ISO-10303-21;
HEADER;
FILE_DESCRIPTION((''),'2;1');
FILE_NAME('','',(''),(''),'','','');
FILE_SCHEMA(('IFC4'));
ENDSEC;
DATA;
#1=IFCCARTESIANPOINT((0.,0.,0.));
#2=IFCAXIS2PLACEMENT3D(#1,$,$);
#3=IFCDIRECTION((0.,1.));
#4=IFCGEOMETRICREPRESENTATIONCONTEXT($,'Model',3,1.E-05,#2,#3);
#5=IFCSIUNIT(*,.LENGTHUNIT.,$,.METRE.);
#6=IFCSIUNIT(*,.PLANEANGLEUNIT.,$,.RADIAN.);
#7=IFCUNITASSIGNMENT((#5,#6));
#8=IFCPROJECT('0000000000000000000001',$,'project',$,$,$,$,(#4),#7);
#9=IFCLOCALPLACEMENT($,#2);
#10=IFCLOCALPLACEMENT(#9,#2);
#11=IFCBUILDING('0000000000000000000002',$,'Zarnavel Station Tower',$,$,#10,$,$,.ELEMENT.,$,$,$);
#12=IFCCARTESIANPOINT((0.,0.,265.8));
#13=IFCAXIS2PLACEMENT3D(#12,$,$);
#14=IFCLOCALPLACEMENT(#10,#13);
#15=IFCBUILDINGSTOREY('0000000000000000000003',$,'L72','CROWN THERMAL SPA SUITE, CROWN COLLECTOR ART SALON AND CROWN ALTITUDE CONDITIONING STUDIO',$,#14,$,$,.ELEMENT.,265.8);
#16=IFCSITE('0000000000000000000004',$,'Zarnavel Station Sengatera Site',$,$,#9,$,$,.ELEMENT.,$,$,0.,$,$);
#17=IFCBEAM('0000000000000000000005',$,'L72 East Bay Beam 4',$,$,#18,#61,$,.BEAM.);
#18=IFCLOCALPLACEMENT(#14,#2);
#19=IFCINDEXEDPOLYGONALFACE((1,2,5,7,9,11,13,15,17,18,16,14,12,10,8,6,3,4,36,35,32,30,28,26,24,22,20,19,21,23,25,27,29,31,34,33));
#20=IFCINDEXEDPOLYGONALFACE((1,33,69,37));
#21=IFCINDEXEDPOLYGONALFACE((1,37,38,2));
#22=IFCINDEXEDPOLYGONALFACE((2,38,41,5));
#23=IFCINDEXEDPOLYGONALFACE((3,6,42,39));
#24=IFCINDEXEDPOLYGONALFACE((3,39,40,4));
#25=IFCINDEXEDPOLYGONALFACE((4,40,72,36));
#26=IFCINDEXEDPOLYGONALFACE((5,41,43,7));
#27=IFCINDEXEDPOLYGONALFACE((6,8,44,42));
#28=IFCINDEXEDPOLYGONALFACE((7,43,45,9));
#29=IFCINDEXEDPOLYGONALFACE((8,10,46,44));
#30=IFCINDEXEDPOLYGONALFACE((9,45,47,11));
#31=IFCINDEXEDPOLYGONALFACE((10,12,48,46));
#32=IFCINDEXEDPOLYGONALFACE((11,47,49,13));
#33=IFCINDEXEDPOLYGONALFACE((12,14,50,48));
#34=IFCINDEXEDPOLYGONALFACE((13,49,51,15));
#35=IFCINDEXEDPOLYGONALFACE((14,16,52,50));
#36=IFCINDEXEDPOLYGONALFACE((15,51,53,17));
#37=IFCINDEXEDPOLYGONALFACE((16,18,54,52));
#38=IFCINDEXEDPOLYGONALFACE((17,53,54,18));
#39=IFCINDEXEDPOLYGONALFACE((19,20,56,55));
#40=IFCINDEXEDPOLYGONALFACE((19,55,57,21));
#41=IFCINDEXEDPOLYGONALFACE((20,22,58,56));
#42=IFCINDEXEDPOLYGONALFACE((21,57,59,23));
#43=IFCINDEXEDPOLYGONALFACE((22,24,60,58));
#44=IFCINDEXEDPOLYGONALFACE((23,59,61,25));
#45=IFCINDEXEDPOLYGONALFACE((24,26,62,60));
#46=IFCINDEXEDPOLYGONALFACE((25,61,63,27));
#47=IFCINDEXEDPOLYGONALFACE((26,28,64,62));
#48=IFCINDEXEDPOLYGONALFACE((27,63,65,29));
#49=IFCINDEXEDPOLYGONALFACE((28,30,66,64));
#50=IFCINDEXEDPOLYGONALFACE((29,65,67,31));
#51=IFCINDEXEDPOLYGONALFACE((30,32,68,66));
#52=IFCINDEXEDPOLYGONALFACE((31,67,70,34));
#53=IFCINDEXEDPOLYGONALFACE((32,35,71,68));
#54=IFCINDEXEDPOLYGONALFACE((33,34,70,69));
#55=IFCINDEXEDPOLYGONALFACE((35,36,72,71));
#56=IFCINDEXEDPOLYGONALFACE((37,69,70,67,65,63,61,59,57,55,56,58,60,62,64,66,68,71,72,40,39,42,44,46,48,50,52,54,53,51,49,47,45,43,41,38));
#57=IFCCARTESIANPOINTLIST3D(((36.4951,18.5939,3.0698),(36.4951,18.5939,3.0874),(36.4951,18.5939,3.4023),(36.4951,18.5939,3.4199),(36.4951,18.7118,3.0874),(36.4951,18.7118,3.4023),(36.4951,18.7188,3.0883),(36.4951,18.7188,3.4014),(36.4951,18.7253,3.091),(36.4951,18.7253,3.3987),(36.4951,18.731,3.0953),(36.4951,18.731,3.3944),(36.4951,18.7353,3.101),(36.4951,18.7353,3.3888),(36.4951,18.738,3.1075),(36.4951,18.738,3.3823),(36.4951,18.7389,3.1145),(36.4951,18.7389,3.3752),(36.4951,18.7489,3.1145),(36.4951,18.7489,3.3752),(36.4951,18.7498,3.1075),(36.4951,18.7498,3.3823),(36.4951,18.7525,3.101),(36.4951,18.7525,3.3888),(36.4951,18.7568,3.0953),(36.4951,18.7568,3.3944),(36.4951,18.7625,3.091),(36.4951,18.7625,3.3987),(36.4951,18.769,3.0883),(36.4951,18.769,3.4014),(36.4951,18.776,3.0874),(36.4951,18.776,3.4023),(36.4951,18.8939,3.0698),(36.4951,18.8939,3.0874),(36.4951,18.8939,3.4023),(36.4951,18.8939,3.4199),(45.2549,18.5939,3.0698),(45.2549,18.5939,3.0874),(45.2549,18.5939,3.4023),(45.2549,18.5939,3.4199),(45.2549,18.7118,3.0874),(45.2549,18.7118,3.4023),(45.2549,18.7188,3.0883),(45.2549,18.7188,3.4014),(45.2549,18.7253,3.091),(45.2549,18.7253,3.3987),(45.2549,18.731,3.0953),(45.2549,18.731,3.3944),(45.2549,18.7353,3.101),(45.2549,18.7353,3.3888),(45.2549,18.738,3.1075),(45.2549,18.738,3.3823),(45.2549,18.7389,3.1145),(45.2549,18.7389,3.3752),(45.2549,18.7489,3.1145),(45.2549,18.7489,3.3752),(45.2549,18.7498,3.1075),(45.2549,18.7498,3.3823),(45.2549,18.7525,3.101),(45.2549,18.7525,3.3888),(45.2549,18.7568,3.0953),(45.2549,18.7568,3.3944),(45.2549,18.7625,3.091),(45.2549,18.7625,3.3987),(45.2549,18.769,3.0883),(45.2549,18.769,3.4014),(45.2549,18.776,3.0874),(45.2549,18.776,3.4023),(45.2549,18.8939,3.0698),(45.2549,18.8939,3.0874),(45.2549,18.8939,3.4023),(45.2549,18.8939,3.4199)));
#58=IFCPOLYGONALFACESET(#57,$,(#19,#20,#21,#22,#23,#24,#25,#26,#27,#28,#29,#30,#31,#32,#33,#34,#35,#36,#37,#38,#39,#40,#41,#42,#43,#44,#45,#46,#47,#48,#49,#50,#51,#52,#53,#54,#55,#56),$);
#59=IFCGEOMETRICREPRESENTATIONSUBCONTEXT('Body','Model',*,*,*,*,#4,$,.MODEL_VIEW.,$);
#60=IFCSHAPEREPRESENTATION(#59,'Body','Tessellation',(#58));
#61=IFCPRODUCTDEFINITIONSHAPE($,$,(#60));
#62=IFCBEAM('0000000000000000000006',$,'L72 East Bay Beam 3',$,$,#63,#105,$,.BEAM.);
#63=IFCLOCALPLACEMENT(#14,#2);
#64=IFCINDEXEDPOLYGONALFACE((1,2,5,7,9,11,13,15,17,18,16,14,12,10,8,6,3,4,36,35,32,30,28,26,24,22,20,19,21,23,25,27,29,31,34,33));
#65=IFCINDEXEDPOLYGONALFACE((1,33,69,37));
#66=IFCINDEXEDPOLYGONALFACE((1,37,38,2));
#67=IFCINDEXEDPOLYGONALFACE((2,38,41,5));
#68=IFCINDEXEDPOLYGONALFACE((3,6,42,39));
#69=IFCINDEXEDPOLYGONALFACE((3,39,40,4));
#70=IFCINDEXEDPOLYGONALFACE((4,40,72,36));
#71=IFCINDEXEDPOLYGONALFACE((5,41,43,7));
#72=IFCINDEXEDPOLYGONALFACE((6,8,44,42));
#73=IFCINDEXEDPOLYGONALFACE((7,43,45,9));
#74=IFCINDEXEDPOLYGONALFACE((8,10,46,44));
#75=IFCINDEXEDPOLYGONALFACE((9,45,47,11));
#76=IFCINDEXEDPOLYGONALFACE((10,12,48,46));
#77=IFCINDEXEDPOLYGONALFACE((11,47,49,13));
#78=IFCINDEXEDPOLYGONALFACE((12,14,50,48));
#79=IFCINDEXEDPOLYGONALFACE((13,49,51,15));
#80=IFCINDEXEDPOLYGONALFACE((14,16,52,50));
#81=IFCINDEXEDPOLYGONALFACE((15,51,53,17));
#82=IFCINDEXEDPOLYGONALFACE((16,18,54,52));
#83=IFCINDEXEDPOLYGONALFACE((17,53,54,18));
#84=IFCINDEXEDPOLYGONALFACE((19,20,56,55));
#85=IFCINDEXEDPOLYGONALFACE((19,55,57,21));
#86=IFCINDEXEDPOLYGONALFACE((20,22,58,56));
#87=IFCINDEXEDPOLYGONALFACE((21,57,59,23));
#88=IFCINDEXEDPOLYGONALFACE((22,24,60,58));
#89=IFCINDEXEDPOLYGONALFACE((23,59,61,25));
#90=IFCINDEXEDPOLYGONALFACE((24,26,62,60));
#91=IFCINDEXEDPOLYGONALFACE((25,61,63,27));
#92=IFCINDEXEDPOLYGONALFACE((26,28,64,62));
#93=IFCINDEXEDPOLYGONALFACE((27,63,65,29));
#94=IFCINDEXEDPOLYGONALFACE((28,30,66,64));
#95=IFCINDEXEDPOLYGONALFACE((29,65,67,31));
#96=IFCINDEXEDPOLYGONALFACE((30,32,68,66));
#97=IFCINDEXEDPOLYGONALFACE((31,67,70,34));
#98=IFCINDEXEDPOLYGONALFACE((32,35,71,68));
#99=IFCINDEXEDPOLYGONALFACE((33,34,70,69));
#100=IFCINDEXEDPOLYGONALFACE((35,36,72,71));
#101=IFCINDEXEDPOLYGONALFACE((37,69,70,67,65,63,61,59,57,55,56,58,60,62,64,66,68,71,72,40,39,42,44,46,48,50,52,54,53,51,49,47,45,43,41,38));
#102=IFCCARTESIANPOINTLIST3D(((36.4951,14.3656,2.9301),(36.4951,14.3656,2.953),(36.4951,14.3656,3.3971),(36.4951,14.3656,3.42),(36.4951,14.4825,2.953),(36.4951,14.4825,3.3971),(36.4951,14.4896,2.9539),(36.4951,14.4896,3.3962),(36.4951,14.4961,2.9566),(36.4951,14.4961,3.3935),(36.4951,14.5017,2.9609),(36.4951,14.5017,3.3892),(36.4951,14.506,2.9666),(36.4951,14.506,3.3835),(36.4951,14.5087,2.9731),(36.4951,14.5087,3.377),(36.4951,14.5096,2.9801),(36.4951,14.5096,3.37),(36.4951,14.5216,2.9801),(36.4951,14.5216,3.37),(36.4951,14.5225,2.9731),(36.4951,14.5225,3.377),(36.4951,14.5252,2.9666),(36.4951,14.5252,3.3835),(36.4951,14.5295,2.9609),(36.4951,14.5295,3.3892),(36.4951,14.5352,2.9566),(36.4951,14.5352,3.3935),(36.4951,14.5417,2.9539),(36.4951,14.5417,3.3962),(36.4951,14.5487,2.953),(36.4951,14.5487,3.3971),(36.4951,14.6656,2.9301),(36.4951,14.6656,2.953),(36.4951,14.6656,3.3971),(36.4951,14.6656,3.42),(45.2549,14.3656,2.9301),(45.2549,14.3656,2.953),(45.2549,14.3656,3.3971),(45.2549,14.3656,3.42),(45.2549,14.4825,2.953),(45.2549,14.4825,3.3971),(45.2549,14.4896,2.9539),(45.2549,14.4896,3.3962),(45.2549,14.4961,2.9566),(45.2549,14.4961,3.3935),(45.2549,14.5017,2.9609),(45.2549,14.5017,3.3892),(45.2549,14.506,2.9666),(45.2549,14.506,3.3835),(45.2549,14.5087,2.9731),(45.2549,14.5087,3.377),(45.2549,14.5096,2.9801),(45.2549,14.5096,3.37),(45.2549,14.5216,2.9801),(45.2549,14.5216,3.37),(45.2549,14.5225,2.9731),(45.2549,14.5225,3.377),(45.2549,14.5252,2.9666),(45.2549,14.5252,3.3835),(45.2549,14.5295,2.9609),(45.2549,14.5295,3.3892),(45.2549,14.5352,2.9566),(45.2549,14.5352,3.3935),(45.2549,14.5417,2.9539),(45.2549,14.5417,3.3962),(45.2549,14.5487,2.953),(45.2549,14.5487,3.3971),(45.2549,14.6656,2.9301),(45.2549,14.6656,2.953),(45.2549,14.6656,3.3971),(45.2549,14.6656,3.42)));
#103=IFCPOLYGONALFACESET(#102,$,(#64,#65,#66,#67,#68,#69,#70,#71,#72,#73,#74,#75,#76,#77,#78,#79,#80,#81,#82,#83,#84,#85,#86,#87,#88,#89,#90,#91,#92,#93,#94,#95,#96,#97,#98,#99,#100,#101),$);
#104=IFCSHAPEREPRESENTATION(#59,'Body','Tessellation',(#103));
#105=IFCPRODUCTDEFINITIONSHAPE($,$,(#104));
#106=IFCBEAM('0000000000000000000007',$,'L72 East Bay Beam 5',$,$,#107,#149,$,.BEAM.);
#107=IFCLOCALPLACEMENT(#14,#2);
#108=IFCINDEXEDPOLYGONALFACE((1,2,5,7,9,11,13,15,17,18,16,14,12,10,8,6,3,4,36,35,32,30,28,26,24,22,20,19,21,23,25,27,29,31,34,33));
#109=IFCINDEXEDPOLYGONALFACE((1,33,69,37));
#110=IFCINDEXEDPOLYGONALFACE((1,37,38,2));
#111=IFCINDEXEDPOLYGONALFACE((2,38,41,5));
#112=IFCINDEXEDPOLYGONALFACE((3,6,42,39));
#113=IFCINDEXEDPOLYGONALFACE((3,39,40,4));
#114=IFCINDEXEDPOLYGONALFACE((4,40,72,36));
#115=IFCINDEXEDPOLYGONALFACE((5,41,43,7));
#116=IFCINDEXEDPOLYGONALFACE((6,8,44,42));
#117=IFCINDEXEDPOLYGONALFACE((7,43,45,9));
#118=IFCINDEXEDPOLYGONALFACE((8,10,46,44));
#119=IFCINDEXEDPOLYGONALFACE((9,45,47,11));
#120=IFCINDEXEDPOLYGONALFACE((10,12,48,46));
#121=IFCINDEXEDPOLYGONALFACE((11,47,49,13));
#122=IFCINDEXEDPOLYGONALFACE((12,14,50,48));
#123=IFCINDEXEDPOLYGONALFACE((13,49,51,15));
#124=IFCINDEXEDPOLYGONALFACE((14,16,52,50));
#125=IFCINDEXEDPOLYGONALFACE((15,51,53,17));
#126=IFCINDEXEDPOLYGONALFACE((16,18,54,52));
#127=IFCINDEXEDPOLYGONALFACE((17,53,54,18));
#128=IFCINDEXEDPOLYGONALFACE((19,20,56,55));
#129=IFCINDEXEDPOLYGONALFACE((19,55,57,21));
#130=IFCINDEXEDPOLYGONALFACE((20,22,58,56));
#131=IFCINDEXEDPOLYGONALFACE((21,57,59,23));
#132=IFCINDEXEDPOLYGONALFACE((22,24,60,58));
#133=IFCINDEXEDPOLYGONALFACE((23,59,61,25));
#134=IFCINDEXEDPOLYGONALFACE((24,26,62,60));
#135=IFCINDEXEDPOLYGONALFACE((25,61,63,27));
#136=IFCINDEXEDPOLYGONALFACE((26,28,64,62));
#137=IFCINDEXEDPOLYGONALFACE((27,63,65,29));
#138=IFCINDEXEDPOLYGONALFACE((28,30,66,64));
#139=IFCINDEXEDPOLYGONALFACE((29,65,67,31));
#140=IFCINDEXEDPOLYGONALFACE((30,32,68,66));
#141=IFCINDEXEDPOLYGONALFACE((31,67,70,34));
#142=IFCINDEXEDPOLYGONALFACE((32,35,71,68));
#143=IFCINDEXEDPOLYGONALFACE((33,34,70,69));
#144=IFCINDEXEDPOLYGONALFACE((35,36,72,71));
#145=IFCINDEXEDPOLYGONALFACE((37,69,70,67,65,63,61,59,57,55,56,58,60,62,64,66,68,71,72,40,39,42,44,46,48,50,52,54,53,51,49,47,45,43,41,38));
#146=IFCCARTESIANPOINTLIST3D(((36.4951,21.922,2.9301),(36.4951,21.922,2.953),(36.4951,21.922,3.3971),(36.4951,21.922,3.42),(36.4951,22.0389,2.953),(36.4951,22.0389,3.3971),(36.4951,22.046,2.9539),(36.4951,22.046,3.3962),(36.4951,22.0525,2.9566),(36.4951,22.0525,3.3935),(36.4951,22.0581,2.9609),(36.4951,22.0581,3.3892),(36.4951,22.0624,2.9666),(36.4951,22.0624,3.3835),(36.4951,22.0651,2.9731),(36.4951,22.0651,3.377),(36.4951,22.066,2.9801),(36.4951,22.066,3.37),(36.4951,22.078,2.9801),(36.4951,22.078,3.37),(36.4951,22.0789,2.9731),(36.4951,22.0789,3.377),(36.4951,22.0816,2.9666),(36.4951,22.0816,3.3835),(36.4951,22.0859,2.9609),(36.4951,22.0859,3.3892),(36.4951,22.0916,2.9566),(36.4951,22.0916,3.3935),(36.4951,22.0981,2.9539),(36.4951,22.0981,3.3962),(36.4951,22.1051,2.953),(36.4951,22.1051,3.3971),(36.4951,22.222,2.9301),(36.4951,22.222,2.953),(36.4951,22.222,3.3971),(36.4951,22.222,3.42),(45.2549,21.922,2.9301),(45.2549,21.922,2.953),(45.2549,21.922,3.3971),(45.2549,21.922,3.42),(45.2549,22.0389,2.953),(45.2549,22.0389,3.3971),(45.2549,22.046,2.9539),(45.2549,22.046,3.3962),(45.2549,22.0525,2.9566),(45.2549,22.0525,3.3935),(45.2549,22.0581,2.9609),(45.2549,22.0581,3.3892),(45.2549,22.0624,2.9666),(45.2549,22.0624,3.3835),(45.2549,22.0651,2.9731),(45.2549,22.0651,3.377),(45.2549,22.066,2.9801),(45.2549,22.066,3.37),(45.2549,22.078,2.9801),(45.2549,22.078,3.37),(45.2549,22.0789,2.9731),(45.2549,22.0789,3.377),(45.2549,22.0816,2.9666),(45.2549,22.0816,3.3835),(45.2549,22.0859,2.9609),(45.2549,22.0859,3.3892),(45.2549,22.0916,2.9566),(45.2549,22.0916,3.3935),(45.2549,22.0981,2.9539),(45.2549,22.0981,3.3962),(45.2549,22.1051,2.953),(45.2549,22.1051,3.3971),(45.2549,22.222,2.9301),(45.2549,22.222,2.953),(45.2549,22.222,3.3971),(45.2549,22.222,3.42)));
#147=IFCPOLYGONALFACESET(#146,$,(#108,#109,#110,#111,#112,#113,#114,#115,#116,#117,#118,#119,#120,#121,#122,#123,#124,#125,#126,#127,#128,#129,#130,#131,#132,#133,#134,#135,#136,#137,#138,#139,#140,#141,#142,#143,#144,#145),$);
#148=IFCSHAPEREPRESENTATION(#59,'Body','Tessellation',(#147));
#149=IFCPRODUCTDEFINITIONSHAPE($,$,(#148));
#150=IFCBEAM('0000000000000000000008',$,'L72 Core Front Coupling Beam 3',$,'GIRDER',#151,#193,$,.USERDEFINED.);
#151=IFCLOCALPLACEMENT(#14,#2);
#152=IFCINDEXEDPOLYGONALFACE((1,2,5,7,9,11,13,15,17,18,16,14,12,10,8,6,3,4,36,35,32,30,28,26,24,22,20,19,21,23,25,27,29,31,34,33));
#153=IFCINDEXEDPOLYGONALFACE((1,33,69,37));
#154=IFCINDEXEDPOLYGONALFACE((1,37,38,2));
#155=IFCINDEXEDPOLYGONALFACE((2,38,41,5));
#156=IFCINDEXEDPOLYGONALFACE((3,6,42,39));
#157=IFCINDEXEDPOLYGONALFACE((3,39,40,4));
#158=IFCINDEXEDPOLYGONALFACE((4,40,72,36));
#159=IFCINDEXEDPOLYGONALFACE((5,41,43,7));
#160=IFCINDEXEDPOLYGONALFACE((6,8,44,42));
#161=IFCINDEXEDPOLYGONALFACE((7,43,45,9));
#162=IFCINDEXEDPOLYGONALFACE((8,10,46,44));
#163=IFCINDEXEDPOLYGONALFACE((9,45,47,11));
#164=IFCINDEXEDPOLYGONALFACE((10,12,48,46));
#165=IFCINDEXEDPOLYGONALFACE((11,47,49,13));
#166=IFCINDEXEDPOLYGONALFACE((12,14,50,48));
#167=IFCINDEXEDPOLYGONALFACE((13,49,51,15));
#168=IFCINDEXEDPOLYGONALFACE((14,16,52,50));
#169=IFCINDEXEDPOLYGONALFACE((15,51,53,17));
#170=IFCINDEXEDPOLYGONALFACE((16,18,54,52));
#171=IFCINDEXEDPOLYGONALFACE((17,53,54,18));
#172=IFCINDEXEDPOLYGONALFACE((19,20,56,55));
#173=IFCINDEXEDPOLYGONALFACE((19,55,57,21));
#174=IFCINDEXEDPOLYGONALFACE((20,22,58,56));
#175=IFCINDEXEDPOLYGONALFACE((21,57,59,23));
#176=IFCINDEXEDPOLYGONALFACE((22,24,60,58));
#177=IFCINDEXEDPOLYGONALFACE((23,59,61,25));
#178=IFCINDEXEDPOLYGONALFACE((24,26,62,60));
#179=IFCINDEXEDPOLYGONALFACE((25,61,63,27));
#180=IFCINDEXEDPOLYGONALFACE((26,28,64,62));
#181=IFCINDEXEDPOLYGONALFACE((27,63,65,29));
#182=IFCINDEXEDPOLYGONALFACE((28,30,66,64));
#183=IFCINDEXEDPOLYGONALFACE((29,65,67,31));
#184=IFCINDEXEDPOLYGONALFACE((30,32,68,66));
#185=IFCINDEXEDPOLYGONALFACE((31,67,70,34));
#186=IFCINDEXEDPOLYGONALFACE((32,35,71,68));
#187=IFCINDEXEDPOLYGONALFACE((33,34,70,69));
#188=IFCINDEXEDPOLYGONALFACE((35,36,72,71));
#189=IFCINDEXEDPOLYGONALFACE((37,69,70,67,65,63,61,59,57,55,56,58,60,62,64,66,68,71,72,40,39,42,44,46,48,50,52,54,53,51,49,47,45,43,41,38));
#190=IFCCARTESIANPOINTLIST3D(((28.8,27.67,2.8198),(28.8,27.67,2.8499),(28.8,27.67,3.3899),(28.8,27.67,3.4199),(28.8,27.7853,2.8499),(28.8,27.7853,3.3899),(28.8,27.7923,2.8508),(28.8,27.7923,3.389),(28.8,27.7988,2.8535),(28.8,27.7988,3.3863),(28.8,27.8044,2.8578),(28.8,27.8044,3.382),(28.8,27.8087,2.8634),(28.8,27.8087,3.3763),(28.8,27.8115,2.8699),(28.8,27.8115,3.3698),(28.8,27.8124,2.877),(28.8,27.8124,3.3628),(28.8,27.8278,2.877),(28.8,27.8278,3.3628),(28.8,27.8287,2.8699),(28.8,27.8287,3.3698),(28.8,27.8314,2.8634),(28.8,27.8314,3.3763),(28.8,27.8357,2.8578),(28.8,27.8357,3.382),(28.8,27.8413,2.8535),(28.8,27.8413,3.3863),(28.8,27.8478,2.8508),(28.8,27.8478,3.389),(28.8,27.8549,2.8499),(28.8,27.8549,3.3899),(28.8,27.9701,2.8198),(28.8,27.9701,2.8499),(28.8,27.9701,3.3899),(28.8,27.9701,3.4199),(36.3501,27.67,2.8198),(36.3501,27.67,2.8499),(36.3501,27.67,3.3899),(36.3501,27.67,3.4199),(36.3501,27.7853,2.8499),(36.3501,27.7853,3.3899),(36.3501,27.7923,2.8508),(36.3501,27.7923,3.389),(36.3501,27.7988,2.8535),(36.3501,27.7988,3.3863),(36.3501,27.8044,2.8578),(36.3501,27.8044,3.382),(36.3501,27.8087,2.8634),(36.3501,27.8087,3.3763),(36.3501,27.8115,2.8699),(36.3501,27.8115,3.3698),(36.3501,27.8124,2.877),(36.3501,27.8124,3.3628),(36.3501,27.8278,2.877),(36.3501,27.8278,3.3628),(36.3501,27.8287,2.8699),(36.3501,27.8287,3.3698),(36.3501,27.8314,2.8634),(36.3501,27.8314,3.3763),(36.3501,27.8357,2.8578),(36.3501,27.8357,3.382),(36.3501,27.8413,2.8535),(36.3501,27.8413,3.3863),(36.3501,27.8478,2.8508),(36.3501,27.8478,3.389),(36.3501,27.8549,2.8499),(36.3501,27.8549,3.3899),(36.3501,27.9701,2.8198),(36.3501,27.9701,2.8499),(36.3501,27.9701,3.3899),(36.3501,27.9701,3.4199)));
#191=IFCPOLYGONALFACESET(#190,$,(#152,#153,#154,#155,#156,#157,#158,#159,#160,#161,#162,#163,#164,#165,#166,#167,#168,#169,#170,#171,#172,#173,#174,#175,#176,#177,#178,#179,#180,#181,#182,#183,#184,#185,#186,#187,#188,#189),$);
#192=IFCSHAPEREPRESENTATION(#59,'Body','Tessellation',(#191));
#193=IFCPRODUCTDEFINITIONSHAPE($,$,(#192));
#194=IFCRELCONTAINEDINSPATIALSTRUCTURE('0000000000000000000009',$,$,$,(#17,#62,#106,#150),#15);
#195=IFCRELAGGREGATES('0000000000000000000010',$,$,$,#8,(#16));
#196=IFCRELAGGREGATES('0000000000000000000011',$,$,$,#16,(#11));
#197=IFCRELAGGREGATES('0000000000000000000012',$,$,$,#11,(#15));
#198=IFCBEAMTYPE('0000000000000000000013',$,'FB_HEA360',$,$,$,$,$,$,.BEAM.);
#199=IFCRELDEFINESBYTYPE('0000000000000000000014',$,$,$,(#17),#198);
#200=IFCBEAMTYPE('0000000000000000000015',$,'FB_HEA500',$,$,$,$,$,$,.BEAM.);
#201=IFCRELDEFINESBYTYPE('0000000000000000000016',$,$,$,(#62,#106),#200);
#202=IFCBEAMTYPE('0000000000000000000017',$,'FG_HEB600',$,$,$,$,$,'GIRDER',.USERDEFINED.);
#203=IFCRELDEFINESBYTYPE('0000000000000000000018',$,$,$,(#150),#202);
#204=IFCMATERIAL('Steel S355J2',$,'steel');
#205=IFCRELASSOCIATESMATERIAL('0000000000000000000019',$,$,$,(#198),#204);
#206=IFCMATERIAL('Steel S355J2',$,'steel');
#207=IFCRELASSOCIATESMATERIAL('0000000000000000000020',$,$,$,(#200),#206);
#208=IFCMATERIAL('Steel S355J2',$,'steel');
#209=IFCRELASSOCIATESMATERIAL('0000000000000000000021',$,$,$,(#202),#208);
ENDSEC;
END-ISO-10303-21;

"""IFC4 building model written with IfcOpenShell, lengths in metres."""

from ifc_helpers import new_model, si_unit, direction, frame, origin, origin_2d, place, context, subcontext, project, spatial, i_section, extrude, material, material_profile, profile_set, type_object, element, save


model = new_model("IFC4")

# Units and contexts
model_context = context("Model", 3, precision=1e-05, world=origin(), true_north=direction((0.0, 1.0)))
body_context = subcontext(model_context, "Body", "Model", "MODEL_VIEW")
ifc_project = project(units=[si_unit("LENGTHUNIT", "METRE"), si_unit("PLANEANGLEUNIT", "RADIAN")], contexts=[model_context])

# Site, building, storey
site_placement = place(None, origin())
site = spatial("IfcSite", under=ifc_project, at=site_placement, Name="Zarnavel Station Sengatera Site", CompositionType="ELEMENT", RefElevation=0.0)
building_placement = place(site_placement, origin())
building = spatial("IfcBuilding", under=site, at=building_placement, Name="Zarnavel Station Tower", CompositionType="ELEMENT")
storey_placement = place(building_placement, frame((0.0, 0.0, 265.8)))
storey = spatial("IfcBuildingStorey", under=building, at=storey_placement, Name="L72", Description="CROWN THERMAL SPA SUITE, CROWN COLLECTOR ART SALON AND CROWN ALTITUDE CONDITIONING STUDIO", CompositionType="ELEMENT", Elevation=265.8)

# Beams
ifc_material_1 = material(Name="Steel S355J2", Category="steel")
ifc_material_profile_1 = material_profile(ifc_material_1, i_section(OverallWidth=0.3, OverallDepth=0.3501, WebThickness=0.01, FlangeThickness=0.0176, FilletRadius=0.0271, at=origin_2d()), Name="HEA360")
ifc_profile_set_1 = profile_set([ifc_material_profile_1], Name="Steel S355J2")
beam_type_1 = type_object("IfcBeamType", Name="FB_HEA360", PredefinedType="BEAM", material=ifc_profile_set_1)
for number, where, z_axis, x_axis, name in (
    (1, (36.4951, 18.7439, 3.2449), (1.0, 0.0, 0.0), (0.0, 1.0, 0.0), "L72 East Bay Beam 4"),
):
    element("IfcBeam", number, at=place(storey_placement, frame(where, z_axis=z_axis, x_axis=x_axis)), inside=storey, type_object=beam_type_1, Name=name, PredefinedType="BEAM", context=body_context, shape_type="SweptSolid", body=[
        extrude(i_section(OverallWidth=0.3, OverallDepth=0.3501, WebThickness=0.01, FlangeThickness=0.0176, FilletRadius=0.0271, at=origin_2d()), origin(), (0.0, 0.0, 1.0), 8.7598),
    ])
ifc_material_2 = material(Name="Steel S355J2", Category="steel")
ifc_material_profile_2 = material_profile(ifc_material_2, i_section(OverallWidth=0.3, OverallDepth=0.49, WebThickness=0.012, FlangeThickness=0.0229, FilletRadius=0.0271, at=origin_2d()), Name="HEA500")
ifc_profile_set_2 = profile_set([ifc_material_profile_2], Name="Steel S355J2")
beam_type_2 = type_object("IfcBeamType", Name="FB_HEA500", PredefinedType="BEAM", material=ifc_profile_set_2)
for number, where, z_axis, x_axis, name in (
    (2, (36.4951, 14.5156, 3.175), (1.0, 0.0, 0.0), (0.0, 1.0, 0.0), "L72 East Bay Beam 3"),
    (3, (36.4951, 22.072, 3.175), (1.0, 0.0, 0.0), (0.0, 1.0, 0.0), "L72 East Bay Beam 5"),
):
    element("IfcBeam", number, at=place(storey_placement, frame(where, z_axis=z_axis, x_axis=x_axis)), inside=storey, type_object=beam_type_2, Name=name, PredefinedType="BEAM", context=body_context, shape_type="SweptSolid", body=[
        extrude(i_section(OverallWidth=0.3, OverallDepth=0.49, WebThickness=0.012, FlangeThickness=0.0229, FilletRadius=0.0271, at=origin_2d()), origin(), (0.0, 0.0, 1.0), 8.7598),
    ])
ifc_material_3 = material(Name="Steel S355J2", Category="steel")
ifc_material_profile_3 = material_profile(ifc_material_3, i_section(OverallWidth=0.3, OverallDepth=0.6001, WebThickness=0.0154, FlangeThickness=0.03, FilletRadius=0.0271, at=origin_2d()), Name="HEB600")
ifc_profile_set_3 = profile_set([ifc_material_profile_3], Name="Steel S355J2")
beam_type_3 = type_object("IfcBeamType", Name="FG_HEB600", ElementType="GIRDER", PredefinedType="USERDEFINED", material=ifc_profile_set_3)
beam_1_placement = place(storey_placement, frame((28.8, 27.8201, 3.1199), z_axis=(1.0, 0.0, 0.0), x_axis=(0.0, 1.0, 0.0)))
element("IfcBeam", 4, at=beam_1_placement, inside=storey, type_object=beam_type_3, Name="L72 Core Front Coupling Beam 3", ObjectType="GIRDER", PredefinedType="USERDEFINED", context=body_context, shape_type="SweptSolid", body=[
    extrude(i_section(OverallWidth=0.3, OverallDepth=0.6001, WebThickness=0.0154, FlangeThickness=0.03, FilletRadius=0.0271, at=origin_2d()), origin(), (0.0, 0.0, 1.0), 7.55),
])

save(model, "model.ifc")
